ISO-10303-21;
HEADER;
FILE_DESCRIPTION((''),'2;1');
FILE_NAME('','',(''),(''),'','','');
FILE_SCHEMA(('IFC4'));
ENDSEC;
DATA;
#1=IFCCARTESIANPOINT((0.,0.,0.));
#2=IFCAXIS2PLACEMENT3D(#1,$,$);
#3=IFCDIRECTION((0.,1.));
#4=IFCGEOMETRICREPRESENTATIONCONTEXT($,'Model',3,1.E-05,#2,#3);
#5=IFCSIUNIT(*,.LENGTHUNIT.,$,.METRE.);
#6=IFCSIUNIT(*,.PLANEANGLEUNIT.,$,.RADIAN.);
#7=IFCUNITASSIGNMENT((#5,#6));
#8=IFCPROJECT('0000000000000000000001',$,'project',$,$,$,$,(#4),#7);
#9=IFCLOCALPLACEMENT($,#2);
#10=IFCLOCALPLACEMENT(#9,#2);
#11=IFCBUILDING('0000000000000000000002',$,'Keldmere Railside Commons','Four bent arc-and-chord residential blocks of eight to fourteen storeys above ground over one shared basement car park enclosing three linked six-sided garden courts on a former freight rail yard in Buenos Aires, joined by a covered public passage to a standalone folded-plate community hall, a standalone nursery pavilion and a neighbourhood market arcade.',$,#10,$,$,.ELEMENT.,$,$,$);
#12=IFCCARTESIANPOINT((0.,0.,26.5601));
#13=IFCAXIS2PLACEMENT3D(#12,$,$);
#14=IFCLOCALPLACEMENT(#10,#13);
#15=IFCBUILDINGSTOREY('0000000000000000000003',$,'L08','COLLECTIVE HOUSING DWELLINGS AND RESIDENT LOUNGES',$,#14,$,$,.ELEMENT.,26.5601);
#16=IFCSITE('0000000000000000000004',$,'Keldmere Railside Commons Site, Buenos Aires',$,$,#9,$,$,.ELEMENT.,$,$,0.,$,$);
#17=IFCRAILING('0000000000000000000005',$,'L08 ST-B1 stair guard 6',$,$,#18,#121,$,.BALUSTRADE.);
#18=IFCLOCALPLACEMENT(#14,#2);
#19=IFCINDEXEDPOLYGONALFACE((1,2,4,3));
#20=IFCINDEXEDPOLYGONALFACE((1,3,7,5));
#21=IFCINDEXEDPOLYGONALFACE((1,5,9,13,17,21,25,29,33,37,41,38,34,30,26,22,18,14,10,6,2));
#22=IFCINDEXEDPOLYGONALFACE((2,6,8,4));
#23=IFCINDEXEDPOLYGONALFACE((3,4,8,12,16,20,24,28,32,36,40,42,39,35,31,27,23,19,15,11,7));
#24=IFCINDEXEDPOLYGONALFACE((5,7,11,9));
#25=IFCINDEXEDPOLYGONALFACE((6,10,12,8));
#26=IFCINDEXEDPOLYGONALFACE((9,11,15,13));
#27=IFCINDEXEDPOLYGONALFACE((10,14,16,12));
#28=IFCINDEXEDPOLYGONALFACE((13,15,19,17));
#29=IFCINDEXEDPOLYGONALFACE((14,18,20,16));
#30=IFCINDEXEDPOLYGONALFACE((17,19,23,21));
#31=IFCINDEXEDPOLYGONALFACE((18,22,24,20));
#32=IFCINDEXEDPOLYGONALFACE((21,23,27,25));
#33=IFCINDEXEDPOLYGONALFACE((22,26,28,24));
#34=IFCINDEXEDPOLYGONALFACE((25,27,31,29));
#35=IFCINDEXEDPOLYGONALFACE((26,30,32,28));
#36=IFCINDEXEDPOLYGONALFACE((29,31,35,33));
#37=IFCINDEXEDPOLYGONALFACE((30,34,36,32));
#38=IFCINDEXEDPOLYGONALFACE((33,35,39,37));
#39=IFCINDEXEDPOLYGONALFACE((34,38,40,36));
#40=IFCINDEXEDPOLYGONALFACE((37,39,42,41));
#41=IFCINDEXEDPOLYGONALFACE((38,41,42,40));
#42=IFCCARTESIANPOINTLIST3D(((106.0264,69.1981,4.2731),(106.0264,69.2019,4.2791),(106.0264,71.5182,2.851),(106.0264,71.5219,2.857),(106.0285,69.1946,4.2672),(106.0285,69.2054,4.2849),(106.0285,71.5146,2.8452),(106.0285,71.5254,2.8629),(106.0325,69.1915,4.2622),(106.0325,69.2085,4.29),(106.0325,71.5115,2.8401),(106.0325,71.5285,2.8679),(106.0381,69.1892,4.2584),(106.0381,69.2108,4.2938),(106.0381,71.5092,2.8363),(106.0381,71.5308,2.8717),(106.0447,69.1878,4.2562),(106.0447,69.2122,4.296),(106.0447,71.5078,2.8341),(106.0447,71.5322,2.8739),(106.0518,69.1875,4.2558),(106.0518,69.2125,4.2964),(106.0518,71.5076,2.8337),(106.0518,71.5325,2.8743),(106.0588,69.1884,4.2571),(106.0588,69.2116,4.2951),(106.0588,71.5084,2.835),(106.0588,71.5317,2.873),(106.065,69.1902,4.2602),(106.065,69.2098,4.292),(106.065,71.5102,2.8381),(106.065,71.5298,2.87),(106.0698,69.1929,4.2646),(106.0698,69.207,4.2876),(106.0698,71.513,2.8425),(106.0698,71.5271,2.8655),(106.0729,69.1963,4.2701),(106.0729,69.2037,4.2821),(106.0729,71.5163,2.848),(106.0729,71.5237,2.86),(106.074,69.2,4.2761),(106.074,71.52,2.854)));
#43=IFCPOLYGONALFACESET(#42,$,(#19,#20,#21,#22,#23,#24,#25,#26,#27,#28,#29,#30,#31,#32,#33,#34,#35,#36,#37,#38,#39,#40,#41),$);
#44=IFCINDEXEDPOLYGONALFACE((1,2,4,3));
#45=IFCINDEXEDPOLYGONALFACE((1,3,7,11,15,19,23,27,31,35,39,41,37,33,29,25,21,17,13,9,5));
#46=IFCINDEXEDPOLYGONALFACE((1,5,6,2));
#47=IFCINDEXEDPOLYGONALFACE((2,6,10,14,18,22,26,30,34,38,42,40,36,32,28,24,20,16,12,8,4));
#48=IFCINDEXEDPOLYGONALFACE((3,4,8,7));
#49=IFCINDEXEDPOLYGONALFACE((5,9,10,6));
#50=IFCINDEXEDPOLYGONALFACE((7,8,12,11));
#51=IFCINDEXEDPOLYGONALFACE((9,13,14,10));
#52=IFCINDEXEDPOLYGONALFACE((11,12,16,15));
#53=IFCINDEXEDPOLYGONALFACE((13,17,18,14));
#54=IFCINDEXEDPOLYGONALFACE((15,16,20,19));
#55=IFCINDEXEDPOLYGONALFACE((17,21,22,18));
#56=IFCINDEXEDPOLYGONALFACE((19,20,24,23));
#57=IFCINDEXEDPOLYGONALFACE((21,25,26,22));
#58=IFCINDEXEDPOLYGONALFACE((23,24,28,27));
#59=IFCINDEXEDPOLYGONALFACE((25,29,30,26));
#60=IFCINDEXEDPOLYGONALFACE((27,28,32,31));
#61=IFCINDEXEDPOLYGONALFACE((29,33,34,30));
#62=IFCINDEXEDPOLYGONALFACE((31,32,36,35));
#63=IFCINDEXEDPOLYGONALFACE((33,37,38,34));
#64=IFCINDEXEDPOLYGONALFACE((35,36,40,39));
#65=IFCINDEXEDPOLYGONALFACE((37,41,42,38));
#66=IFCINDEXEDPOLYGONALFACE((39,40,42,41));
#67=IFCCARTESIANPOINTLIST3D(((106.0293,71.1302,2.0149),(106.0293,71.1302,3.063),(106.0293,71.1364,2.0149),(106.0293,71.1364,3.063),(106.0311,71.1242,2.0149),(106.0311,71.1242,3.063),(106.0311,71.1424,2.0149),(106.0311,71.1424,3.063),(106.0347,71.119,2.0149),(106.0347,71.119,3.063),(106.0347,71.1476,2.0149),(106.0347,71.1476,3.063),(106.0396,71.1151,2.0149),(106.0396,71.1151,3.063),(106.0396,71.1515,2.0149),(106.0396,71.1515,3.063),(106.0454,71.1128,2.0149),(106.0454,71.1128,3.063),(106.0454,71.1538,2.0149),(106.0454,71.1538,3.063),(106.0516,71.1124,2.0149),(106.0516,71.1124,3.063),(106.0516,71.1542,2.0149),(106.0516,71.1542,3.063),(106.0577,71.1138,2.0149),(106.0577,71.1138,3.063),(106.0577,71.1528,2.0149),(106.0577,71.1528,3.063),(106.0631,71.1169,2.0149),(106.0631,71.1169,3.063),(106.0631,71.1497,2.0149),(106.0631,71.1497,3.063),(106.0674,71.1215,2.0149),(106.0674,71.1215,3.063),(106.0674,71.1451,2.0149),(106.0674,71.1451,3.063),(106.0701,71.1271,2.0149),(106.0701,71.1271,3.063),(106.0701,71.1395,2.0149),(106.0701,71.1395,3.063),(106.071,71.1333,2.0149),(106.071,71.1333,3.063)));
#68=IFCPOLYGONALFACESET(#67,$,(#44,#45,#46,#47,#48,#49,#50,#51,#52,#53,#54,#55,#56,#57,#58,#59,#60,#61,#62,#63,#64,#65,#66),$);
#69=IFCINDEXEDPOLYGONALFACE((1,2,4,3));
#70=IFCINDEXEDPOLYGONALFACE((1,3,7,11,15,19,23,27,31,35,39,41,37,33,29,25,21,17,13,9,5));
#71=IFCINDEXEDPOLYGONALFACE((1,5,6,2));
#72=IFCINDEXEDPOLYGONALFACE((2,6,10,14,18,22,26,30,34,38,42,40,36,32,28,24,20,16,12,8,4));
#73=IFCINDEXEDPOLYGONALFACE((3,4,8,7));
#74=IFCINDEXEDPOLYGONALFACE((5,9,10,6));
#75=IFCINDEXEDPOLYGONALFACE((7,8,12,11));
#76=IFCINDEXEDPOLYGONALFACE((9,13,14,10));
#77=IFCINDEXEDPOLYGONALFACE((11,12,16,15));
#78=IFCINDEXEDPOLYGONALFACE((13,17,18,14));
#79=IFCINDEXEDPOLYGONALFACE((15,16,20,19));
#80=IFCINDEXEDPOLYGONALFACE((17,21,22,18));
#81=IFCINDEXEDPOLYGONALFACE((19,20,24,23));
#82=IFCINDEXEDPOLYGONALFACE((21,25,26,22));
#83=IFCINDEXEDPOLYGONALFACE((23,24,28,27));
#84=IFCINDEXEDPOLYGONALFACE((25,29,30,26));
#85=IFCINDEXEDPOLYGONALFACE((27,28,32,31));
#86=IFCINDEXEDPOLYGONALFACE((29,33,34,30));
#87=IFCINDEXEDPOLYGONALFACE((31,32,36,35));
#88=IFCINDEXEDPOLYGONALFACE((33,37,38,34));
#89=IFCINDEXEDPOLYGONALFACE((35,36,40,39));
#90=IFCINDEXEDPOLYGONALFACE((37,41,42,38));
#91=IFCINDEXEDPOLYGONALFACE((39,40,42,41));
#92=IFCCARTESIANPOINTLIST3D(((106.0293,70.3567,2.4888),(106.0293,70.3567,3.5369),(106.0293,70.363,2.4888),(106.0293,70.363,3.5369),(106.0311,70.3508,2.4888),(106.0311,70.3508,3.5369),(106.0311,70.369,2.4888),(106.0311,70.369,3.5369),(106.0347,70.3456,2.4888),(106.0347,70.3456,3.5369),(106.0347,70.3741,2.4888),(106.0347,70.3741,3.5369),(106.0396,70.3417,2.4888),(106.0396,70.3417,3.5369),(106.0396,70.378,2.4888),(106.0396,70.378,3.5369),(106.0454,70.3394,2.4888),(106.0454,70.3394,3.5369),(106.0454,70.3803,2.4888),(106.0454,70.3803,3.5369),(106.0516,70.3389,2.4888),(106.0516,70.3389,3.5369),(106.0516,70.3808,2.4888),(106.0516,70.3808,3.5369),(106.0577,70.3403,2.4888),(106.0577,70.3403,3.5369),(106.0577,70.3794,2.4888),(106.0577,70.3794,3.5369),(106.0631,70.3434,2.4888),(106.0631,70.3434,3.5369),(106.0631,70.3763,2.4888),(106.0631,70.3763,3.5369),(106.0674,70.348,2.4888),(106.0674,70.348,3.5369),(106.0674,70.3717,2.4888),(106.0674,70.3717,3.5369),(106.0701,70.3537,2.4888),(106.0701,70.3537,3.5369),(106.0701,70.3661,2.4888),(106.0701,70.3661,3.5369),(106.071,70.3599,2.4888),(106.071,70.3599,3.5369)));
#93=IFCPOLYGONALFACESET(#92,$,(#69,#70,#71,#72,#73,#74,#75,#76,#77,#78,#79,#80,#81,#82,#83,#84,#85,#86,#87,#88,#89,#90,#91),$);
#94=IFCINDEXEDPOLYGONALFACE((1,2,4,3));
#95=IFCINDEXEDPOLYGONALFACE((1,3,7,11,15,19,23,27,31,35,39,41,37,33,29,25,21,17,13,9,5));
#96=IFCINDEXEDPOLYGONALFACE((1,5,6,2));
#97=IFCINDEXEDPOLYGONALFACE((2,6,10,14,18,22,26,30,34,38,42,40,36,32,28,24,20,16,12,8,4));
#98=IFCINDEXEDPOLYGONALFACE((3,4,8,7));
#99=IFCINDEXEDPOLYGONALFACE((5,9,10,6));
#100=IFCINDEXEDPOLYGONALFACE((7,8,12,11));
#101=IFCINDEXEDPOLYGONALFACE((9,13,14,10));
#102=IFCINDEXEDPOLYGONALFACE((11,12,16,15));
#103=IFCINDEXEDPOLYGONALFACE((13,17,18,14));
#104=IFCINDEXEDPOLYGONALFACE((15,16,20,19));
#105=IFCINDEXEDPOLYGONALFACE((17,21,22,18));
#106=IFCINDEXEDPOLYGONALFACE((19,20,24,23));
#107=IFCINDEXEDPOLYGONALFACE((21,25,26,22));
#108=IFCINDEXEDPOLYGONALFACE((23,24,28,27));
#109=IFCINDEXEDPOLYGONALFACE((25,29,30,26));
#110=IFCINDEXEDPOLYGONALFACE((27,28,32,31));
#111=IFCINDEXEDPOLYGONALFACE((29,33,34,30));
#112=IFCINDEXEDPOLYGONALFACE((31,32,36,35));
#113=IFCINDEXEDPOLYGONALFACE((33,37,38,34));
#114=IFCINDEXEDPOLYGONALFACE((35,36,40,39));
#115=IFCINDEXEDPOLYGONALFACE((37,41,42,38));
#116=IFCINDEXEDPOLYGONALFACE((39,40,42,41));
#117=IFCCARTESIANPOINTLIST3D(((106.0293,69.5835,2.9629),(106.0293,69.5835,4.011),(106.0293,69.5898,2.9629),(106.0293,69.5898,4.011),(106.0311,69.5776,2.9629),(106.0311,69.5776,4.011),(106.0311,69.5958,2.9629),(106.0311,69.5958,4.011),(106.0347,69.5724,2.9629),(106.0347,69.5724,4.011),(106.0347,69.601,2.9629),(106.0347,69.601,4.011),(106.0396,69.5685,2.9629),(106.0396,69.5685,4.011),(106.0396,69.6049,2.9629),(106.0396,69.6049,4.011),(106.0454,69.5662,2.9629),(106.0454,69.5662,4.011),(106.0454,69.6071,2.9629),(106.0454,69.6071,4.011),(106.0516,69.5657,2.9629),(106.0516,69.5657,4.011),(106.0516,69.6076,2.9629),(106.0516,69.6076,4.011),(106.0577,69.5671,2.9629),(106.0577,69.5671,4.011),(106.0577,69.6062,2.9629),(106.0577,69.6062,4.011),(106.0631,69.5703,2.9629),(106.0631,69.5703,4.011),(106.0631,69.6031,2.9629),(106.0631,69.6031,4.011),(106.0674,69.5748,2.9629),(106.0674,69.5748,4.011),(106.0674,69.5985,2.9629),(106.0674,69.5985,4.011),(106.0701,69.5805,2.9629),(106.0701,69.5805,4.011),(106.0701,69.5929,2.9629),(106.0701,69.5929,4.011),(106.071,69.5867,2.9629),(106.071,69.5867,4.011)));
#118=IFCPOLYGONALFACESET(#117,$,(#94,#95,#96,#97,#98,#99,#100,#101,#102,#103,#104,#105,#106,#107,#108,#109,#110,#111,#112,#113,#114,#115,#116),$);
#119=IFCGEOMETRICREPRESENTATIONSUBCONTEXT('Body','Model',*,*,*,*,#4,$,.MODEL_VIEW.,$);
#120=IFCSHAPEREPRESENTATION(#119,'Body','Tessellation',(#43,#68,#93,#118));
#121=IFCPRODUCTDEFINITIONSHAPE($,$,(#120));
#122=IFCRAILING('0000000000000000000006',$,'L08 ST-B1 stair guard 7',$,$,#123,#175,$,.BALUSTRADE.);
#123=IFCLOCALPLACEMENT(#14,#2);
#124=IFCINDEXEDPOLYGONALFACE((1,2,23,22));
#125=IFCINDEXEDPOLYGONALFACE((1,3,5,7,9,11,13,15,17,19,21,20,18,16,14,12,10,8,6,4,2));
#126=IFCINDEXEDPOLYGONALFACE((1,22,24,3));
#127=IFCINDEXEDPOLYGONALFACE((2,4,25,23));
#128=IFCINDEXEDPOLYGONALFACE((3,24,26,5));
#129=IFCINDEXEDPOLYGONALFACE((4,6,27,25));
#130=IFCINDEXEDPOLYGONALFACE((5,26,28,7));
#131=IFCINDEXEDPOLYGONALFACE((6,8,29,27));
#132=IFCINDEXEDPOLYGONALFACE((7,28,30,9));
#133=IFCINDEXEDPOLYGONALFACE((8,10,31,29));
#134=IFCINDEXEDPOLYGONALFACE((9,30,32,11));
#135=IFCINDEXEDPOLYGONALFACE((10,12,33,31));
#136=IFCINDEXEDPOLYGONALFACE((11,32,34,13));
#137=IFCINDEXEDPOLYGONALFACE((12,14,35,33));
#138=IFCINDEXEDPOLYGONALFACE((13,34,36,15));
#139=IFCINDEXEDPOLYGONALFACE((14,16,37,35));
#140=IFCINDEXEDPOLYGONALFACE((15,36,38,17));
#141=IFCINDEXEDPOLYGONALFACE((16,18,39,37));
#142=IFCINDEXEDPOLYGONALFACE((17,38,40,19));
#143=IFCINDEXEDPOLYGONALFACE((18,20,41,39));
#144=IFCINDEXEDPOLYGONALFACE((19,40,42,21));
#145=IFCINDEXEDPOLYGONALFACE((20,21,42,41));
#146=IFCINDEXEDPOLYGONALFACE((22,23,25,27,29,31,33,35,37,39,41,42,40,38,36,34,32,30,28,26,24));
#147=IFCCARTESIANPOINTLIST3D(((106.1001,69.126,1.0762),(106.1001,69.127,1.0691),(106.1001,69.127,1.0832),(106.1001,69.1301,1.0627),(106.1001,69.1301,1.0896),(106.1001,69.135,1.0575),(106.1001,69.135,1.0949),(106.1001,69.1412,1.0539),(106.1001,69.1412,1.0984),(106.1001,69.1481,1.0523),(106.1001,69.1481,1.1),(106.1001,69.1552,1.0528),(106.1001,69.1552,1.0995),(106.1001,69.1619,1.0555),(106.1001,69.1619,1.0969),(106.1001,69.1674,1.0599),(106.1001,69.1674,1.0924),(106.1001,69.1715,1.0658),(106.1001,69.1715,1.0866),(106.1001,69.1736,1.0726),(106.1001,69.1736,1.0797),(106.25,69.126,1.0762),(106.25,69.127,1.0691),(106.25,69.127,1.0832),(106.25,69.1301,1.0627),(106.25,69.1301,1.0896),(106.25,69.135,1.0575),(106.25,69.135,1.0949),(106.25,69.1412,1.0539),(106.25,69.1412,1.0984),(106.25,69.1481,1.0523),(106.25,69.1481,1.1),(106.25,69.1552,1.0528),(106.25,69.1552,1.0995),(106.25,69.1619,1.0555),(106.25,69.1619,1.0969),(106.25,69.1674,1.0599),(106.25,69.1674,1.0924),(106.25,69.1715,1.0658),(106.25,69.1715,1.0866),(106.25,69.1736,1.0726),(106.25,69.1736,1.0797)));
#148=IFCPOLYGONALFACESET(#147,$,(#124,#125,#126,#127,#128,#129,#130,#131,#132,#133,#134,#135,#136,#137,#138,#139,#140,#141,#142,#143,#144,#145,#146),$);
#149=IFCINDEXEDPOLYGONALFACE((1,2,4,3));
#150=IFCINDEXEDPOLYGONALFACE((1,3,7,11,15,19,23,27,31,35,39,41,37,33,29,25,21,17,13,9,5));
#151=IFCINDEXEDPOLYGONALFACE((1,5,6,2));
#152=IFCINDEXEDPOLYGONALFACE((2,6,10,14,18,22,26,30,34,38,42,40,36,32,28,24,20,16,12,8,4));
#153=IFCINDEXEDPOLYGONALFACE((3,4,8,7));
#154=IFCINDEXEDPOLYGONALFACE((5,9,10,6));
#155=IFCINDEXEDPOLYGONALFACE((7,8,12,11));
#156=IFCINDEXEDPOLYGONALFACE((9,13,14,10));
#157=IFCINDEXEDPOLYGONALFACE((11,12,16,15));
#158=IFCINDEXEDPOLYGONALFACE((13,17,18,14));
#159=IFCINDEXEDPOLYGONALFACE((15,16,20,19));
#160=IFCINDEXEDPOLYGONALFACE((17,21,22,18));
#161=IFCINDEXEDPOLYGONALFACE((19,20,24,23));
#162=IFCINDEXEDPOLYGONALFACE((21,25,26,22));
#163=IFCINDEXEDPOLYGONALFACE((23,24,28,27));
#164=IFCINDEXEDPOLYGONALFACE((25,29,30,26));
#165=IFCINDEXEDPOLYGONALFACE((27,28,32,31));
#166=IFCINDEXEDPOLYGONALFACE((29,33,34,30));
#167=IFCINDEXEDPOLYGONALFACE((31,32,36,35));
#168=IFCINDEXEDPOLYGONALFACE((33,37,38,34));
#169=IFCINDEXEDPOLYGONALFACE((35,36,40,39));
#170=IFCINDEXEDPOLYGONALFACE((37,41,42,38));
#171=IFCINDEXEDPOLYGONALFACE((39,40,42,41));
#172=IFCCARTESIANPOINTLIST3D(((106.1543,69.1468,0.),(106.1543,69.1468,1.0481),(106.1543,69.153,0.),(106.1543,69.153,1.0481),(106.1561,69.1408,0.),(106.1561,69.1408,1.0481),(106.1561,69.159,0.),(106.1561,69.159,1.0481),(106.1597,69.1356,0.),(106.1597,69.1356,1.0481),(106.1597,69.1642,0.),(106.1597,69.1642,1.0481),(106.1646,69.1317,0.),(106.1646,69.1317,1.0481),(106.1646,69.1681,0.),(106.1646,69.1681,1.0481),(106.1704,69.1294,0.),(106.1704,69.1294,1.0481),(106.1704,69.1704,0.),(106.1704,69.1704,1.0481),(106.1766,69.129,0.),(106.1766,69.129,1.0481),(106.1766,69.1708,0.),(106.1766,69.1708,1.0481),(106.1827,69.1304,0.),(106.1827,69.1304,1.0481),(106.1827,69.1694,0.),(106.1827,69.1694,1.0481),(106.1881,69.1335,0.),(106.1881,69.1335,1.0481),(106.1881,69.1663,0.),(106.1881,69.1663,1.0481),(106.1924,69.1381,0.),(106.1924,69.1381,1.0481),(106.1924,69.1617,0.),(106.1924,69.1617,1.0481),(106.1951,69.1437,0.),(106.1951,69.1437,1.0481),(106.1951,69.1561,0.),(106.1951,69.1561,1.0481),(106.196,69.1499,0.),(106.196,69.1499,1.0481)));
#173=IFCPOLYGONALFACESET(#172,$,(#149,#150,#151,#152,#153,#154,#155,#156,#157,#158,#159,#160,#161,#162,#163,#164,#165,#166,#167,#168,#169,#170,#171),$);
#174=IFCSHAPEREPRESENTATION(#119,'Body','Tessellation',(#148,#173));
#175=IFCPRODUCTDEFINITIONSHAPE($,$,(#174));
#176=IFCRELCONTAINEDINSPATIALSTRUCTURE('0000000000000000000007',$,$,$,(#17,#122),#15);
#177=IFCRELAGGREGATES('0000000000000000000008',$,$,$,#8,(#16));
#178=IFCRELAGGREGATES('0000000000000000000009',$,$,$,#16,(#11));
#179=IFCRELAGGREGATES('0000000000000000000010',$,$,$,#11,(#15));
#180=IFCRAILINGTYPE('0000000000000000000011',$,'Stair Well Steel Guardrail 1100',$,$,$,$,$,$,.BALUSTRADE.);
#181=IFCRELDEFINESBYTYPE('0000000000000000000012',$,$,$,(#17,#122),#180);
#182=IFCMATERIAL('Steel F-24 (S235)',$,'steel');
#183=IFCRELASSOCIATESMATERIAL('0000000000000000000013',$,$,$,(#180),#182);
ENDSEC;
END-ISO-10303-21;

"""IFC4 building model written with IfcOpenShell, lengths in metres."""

from ifc_helpers import new_model, si_unit, direction, frame, origin, origin_2d, place, context, subcontext, project, spatial, circle, extrude, material, type_object, element, save


model = new_model("IFC4")

# Units and contexts
model_context = context("Model", 3, precision=1e-05, world=origin(), true_north=direction((0.0, 1.0)))
body_context = subcontext(model_context, "Body", "Model", "MODEL_VIEW")
ifc_project = project(units=[si_unit("LENGTHUNIT", "METRE"), si_unit("PLANEANGLEUNIT", "RADIAN")], contexts=[model_context])

# Site, building, storey
site_placement = place(None, origin())
site = spatial("IfcSite", under=ifc_project, at=site_placement, Name="Keldmere Railside Commons Site, Buenos Aires", CompositionType="ELEMENT", RefElevation=0.0)
building_placement = place(site_placement, origin())
building = spatial("IfcBuilding", under=site, at=building_placement, Name="Keldmere Railside Commons", Description="Four bent arc-and-chord residential blocks of eight to fourteen storeys above ground over one shared basement car park enclosing three linked six-sided garden courts on a former freight rail yard in Buenos Aires, joined by a covered public passage to a standalone folded-plate community hall, a standalone nursery pavilion and a neighbourhood market arcade.", CompositionType="ELEMENT")
storey_placement = place(building_placement, frame((0.0, 0.0, 26.5601)))
storey = spatial("IfcBuildingStorey", under=building, at=storey_placement, Name="L08", Description="COLLECTIVE HOUSING DWELLINGS AND RESIDENT LOUNGES", CompositionType="ELEMENT", Elevation=26.5601)

# Shared definitions
ifc_material_1 = material(Name="Steel F-24 (S235)", Category="steel")

# Railings
railing_type_1 = type_object("IfcRailingType", Name="Stair Well Steel Guardrail 1100", PredefinedType="BALUSTRADE", material=ifc_material_1)
railing_1_placement = place(storey_placement, frame((106.05, 71.52, 1.7778)))
element("IfcRailing", 1, at=railing_1_placement, inside=storey, type_object=railing_type_1, Name="L08 ST-B1 stair guard 6", PredefinedType="BALUSTRADE", context=body_context, shape_type="SweptSolid", body=[
    extrude(circle(Radius=0.0239, at=origin_2d()), frame((0.0, 0.0, 1.0762), z_axis=(0.0, -0.852578, 0.5226), x_axis=(1.0, 0.0, 0.0)), (0.0, 0.0, 1.0), 2.7212),
    extrude(circle(Radius=0.021, at=origin_2d()), frame((0.0, -0.3867, 0.2371)), (0.0, 0.0, 1.0), 1.0481),
    extrude(circle(Radius=0.021, at=origin_2d()), frame((0.0, -1.1602, 0.7109)), (0.0, 0.0, 1.0), 1.0481),
    extrude(circle(Radius=0.021, at=origin_2d()), frame((0.0, -1.9333, 1.1851)), (0.0, 0.0, 1.0), 1.0481),
])
railing_2_placement = place(storey_placement, frame((106.25, 69.1499, 0.0)))
element("IfcRailing", 2, at=railing_2_placement, inside=storey, type_object=railing_type_1, Name="L08 ST-B1 stair guard 7", PredefinedType="BALUSTRADE", context=body_context, shape_type="SweptSolid", body=[
    extrude(circle(Radius=0.0239, at=origin_2d()), frame((0.0, 0.0, 1.0762), z_axis=(-1.0, 0.0, 0.0), x_axis=(0.0, -1.0, 0.0)), (0.0, 0.0, 1.0), 0.1499),
    extrude(circle(Radius=0.021, at=origin_2d()), frame((-0.075, 0.0, 0.0)), (0.0, 0.0, 1.0), 1.0481),
])

save(model, "model.ifc")
